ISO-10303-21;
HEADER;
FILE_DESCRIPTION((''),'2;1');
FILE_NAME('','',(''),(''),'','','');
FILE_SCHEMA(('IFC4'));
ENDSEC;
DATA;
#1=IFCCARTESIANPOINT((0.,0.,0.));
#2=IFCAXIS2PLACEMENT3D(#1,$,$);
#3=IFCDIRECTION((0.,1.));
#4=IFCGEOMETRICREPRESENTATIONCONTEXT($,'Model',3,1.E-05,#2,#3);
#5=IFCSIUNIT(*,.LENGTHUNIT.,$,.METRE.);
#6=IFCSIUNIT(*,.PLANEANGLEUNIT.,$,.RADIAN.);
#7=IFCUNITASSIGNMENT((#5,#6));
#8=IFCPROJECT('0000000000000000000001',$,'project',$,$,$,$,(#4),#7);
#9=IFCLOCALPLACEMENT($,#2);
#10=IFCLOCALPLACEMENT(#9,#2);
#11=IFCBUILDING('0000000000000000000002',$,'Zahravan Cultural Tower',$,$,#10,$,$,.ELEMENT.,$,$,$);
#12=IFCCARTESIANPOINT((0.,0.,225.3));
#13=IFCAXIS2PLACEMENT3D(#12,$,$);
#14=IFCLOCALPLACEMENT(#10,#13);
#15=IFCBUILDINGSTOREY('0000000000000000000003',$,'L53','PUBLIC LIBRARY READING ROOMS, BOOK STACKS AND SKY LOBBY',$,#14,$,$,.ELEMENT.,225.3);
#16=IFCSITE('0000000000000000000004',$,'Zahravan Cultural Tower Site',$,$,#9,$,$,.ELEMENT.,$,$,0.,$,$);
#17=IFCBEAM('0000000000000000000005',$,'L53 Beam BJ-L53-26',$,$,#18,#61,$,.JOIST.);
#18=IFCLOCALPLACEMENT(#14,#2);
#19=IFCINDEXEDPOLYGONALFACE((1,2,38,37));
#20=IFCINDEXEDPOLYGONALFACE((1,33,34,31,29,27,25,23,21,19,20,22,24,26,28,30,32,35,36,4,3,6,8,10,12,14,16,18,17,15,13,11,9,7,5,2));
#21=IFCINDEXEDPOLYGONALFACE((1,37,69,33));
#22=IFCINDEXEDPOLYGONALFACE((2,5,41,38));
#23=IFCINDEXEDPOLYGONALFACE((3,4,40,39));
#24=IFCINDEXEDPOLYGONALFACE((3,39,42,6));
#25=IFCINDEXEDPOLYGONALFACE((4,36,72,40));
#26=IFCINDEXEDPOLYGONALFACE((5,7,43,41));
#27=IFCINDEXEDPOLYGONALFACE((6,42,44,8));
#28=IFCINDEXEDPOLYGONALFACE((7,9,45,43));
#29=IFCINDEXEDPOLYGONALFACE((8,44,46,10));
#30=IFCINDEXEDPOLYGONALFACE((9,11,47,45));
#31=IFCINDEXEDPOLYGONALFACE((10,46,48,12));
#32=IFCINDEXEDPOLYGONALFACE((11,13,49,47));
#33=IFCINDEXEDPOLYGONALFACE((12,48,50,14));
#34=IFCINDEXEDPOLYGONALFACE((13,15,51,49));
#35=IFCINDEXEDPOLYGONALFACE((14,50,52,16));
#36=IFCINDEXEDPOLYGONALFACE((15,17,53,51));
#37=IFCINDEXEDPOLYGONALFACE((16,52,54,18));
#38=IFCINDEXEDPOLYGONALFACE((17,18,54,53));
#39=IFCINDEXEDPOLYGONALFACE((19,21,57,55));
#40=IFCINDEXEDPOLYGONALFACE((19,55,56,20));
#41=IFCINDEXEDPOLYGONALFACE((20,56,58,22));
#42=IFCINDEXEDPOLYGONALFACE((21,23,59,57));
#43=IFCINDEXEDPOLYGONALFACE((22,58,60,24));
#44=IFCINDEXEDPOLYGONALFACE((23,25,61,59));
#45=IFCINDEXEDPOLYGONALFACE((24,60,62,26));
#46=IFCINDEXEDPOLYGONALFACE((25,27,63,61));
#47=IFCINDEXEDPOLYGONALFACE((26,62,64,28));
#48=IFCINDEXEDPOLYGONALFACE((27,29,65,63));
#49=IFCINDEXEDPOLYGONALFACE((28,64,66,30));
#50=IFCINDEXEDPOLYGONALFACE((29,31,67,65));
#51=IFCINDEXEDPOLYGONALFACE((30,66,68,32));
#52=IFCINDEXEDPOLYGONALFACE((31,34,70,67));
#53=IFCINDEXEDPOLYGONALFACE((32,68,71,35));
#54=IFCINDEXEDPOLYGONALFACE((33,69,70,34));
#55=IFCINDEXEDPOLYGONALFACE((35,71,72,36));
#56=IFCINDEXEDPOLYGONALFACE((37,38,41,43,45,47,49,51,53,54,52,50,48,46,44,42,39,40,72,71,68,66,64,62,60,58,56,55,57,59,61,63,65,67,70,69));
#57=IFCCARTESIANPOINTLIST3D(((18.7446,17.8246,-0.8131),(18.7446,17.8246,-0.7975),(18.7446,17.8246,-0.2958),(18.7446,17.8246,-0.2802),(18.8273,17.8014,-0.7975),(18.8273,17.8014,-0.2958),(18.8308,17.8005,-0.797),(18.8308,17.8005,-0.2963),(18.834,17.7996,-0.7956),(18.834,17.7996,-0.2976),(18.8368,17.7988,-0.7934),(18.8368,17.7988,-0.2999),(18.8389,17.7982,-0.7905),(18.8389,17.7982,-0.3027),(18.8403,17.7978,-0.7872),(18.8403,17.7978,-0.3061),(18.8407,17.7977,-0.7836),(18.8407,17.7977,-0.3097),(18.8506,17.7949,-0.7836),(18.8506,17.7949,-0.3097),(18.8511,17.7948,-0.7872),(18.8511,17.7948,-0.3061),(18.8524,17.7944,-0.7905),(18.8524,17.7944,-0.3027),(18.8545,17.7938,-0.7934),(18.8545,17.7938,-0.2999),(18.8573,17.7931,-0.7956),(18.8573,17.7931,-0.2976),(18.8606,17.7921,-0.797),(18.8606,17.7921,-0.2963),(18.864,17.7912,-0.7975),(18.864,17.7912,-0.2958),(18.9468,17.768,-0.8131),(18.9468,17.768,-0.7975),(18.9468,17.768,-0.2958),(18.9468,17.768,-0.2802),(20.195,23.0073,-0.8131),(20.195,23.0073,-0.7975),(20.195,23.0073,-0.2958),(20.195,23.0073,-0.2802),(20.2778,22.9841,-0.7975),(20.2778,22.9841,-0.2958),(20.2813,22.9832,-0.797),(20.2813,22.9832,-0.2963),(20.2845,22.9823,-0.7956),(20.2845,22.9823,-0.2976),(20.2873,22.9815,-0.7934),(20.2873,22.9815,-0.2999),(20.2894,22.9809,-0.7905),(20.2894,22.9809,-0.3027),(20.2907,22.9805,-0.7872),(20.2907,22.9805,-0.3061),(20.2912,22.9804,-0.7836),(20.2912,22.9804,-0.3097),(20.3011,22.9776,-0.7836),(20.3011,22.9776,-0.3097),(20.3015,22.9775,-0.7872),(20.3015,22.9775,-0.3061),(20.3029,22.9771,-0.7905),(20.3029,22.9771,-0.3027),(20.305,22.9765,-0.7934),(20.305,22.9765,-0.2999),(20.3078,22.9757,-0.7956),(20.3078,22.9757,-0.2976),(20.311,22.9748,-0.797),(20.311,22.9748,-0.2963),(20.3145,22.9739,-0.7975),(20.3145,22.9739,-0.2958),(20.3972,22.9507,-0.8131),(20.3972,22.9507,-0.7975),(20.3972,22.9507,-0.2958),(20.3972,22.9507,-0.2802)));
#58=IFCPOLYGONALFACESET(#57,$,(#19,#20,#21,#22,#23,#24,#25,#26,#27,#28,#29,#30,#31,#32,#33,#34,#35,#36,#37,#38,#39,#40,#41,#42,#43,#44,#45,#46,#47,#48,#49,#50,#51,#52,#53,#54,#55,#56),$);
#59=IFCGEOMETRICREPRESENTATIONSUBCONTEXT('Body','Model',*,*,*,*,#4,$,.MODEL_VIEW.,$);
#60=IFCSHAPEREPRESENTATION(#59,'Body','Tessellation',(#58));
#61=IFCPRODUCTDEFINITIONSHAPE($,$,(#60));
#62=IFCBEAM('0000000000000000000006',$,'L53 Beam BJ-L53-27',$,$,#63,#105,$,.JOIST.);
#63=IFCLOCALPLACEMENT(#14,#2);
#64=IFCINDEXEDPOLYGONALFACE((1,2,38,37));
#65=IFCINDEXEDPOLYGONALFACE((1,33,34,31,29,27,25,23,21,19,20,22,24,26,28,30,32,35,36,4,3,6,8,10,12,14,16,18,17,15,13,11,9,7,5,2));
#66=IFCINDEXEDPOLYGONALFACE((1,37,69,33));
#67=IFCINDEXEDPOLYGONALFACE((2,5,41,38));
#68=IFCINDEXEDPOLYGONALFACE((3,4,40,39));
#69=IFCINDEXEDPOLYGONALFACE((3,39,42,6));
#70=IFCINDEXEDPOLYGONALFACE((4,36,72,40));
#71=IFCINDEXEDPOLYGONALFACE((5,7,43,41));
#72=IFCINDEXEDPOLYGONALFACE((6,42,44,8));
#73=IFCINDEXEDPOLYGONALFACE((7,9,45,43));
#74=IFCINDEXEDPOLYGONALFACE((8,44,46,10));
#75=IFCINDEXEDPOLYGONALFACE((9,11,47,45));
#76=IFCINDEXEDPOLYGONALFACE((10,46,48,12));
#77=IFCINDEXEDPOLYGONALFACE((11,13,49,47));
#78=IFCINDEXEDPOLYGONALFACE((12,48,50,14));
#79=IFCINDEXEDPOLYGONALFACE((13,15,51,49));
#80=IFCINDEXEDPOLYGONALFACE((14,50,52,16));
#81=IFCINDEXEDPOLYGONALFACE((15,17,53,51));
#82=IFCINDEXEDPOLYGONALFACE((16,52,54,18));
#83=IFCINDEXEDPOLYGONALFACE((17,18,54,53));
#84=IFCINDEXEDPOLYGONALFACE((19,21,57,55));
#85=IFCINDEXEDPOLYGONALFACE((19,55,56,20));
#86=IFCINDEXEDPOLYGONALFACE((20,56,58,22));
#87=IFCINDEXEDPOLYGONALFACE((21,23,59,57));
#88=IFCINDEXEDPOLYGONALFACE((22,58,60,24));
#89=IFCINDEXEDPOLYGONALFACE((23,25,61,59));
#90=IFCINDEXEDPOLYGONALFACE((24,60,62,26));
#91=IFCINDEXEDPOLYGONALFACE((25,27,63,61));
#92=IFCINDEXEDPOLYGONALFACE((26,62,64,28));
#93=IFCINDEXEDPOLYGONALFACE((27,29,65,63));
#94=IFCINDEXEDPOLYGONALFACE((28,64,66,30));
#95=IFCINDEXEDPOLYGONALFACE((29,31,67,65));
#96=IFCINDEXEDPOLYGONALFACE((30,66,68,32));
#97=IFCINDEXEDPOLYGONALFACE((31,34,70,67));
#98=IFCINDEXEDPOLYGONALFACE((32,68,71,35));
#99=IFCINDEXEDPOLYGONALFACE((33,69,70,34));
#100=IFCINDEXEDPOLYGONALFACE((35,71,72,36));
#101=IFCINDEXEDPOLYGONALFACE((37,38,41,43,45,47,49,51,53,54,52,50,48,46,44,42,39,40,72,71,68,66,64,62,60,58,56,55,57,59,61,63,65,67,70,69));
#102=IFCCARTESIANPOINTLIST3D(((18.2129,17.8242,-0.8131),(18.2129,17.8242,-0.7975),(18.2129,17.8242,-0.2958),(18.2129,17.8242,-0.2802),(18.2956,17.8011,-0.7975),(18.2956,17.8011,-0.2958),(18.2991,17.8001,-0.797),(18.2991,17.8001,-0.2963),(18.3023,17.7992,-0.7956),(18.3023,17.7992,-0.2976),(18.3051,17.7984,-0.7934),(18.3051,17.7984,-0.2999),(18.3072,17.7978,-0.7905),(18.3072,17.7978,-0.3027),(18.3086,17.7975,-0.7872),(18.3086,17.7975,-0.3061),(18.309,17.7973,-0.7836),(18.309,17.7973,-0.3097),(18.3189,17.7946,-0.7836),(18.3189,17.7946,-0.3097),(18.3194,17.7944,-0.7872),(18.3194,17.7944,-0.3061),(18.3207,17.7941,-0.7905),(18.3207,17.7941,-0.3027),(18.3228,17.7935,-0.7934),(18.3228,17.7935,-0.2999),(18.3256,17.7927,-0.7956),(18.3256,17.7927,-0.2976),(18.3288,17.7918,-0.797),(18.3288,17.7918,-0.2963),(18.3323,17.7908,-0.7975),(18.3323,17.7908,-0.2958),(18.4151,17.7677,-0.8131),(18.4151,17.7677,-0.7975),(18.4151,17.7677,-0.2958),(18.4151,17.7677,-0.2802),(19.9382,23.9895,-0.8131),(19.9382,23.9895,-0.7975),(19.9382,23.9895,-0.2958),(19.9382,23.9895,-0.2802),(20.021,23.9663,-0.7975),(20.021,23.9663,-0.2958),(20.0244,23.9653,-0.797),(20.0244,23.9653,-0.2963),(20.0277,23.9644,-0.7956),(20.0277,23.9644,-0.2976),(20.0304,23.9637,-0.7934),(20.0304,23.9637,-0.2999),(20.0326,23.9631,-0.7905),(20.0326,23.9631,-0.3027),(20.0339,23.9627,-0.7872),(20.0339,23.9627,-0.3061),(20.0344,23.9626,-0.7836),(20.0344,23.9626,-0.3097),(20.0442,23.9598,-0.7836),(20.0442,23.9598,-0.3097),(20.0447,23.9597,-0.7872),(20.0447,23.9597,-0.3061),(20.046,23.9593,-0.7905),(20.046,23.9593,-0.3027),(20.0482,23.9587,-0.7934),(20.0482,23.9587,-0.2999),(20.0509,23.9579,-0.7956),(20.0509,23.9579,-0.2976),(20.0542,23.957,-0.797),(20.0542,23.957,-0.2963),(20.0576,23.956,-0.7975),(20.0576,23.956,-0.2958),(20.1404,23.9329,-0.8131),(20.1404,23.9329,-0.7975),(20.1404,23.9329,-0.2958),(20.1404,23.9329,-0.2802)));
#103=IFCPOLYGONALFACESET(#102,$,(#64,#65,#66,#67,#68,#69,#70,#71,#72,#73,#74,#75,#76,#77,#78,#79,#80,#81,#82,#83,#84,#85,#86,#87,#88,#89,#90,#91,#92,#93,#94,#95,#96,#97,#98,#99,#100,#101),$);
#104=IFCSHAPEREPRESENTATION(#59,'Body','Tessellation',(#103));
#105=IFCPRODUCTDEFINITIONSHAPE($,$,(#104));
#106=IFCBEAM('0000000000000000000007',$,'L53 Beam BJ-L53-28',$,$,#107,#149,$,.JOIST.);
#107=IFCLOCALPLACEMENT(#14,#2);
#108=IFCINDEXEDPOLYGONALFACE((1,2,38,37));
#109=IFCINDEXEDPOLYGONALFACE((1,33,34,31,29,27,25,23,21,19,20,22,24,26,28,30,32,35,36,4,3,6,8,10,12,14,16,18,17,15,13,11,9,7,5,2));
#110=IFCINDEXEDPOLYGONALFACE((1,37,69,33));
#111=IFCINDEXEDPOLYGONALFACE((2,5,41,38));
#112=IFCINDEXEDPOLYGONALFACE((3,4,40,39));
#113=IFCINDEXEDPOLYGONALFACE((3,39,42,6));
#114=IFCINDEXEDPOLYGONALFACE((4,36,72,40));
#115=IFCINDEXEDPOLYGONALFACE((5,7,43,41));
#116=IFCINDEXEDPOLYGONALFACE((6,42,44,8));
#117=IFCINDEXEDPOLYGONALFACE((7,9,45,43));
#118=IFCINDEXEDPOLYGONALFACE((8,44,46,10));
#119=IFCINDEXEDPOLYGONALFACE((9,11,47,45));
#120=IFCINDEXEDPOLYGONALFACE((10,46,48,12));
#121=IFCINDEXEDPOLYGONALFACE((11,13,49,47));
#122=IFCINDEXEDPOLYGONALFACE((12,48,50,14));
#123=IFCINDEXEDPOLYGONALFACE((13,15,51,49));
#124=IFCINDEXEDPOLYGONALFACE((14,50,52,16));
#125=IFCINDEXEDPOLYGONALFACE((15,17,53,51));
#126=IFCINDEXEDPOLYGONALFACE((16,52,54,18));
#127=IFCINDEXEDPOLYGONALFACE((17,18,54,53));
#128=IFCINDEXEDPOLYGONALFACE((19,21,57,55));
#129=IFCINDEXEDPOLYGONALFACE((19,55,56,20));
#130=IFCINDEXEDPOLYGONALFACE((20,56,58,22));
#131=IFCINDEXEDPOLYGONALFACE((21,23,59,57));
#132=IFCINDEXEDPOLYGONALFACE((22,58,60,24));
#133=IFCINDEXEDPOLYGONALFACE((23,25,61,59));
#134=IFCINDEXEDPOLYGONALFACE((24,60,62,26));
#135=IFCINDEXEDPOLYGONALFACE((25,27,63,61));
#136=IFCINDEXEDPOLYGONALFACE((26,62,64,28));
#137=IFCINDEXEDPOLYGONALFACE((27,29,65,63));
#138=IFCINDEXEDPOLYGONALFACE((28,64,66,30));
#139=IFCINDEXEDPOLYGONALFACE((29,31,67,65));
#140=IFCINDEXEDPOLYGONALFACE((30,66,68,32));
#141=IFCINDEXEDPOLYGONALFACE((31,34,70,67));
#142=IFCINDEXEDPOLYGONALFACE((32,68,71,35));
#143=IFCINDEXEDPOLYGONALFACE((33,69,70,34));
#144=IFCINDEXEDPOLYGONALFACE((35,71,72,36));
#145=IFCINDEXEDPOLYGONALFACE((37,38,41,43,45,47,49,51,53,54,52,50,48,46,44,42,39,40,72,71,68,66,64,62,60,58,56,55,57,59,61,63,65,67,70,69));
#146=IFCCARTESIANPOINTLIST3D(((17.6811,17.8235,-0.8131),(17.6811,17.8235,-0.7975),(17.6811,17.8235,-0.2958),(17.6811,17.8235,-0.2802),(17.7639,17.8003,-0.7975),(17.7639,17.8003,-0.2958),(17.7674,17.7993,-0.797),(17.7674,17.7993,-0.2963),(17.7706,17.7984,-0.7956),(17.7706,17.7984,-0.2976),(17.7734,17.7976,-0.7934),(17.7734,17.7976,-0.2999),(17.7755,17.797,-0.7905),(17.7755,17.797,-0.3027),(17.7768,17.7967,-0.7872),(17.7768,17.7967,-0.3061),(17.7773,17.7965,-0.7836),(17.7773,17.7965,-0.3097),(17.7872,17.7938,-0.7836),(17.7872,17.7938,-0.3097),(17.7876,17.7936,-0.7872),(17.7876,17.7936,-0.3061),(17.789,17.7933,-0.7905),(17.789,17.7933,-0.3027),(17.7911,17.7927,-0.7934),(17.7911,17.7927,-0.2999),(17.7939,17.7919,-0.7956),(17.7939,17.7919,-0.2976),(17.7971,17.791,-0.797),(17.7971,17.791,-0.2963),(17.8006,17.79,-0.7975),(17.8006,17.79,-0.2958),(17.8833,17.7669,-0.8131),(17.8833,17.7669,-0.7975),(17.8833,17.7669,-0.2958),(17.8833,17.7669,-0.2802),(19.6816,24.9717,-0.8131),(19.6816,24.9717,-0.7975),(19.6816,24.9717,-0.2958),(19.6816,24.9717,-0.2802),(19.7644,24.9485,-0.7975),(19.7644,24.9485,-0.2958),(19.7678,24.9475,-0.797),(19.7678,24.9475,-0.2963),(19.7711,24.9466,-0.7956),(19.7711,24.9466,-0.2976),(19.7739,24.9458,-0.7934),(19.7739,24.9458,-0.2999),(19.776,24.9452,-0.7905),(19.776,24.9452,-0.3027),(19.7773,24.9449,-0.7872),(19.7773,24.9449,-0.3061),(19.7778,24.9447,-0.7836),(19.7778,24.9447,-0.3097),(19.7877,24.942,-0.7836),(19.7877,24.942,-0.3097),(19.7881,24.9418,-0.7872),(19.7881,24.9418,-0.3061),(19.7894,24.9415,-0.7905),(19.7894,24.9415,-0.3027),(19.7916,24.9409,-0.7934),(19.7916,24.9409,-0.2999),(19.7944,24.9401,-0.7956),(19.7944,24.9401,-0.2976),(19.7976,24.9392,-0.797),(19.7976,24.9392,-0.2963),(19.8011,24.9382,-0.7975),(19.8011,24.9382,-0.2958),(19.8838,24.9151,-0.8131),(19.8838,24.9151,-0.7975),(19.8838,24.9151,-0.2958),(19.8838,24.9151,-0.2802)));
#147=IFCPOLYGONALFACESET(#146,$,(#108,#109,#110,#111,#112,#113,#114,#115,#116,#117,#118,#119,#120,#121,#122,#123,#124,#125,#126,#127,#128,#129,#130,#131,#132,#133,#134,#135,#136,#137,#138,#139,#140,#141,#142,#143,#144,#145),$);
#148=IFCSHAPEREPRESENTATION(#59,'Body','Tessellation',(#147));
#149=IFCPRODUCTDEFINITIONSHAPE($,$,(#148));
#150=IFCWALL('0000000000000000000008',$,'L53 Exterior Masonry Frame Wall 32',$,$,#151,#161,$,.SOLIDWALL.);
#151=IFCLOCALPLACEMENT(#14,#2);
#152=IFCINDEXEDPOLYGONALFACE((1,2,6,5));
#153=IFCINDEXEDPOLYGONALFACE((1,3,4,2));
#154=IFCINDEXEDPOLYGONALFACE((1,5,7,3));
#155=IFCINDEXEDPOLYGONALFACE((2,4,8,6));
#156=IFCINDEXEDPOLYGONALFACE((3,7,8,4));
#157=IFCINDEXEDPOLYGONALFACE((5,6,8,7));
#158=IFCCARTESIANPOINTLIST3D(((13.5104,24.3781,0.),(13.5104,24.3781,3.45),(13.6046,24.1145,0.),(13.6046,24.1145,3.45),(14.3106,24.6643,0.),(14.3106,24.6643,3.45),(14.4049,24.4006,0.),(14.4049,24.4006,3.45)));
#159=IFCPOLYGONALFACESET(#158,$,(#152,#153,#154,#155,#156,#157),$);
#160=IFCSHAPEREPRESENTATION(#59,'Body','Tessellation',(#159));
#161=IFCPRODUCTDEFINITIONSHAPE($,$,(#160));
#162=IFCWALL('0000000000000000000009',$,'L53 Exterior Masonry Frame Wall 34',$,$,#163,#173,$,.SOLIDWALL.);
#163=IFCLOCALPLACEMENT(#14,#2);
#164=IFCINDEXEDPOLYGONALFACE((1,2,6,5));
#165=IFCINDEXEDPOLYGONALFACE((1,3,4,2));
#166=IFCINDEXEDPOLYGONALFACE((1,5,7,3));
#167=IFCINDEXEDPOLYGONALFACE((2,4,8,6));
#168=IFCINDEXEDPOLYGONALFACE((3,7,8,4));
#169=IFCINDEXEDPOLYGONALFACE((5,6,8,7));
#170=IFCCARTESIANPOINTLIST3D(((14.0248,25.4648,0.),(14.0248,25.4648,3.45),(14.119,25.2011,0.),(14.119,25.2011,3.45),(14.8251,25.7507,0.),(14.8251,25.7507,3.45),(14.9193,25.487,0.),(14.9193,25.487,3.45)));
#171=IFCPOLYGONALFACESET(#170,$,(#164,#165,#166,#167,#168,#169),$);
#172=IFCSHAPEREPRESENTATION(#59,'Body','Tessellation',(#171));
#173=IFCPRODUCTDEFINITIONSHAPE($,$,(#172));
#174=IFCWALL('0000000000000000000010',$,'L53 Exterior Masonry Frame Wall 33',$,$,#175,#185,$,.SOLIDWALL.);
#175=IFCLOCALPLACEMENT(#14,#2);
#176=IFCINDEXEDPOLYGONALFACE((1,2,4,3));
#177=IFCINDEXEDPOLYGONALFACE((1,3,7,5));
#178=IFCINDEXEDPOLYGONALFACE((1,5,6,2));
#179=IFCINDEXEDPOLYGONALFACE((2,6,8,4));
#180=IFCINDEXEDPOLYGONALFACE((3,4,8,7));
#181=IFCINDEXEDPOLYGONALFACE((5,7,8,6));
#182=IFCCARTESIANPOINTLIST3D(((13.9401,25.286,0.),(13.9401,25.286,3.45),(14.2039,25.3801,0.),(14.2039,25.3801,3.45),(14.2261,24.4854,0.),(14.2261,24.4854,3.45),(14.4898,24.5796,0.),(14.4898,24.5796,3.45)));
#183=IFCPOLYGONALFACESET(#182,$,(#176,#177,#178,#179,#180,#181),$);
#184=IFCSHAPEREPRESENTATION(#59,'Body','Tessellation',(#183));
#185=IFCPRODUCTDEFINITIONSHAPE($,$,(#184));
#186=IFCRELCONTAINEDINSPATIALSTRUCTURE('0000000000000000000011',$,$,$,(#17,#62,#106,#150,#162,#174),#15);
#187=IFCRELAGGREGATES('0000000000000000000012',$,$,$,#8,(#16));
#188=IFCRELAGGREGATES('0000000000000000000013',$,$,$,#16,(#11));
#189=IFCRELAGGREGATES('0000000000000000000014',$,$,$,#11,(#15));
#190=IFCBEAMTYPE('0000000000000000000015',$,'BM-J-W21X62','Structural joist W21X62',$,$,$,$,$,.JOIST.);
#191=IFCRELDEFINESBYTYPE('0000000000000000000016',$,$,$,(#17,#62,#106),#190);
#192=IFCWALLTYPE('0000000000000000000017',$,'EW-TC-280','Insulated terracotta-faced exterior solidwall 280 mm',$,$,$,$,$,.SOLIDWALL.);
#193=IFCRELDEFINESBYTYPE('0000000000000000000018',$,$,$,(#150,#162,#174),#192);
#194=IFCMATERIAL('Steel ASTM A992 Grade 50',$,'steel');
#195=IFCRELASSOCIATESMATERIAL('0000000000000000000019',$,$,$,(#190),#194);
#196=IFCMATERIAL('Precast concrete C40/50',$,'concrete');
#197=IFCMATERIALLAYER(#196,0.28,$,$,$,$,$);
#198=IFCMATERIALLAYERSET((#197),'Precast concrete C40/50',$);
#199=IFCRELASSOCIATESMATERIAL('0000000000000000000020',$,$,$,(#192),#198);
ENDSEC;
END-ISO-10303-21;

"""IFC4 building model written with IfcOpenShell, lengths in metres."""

from ifc_helpers import new_model, si_unit, direction, frame, frame_2d, origin, origin_2d, place, context, subcontext, project, spatial, rectangle, i_section, extrude, source, transform, mapped, material, layer, layer_set, material_profile, profile_set, type_object, element, save


model = new_model("IFC4")

# Units and contexts
model_context = context("Model", 3, precision=1e-05, world=origin(), true_north=direction((0.0, 1.0)))
body_context = subcontext(model_context, "Body", "Model", "MODEL_VIEW")
ifc_project = project(units=[si_unit("LENGTHUNIT", "METRE"), si_unit("PLANEANGLEUNIT", "RADIAN")], contexts=[model_context])

# Site, building, storey
site_placement = place(None, origin())
site = spatial("IfcSite", under=ifc_project, at=site_placement, Name="Zahravan Cultural Tower Site", CompositionType="ELEMENT", RefElevation=0.0)
building_placement = place(site_placement, origin())
building = spatial("IfcBuilding", under=site, at=building_placement, Name="Zahravan Cultural Tower", CompositionType="ELEMENT")
storey_placement = place(building_placement, frame((0.0, 0.0, 225.3)))
storey = spatial("IfcBuildingStorey", under=building, at=storey_placement, Name="L53", Description="PUBLIC LIBRARY READING ROOMS, BOOK STACKS AND SKY LOBBY", CompositionType="ELEMENT", Elevation=225.3)

# Beams
ifc_material_1 = material(Name="Steel ASTM A992 Grade 50", Category="steel")
ifc_material_profile_1 = material_profile(ifc_material_1, i_section(OverallWidth=0.21, OverallDepth=0.533, WebThickness=0.0103, FlangeThickness=0.0156, FilletRadius=0.0139, at=origin_2d()), Name="W21X62")
ifc_profile_set_1 = profile_set([ifc_material_profile_1], Name="Steel ASTM A992 Grade 50")
beam_type_1 = type_object("IfcBeamType", Name="BM-J-W21X62", Description="Structural joist W21X62", PredefinedType="JOIST", material=ifc_profile_set_1)
shared_shape_1 = source(origin(), body_context, "Body", "SweptSolid", [
    extrude(i_section(OverallWidth=0.21, OverallDepth=0.533, WebThickness=0.0103, FlangeThickness=0.0156, FilletRadius=0.0139, at=origin_2d()), origin(), (0.0, 0.0, 1.0), 5.3818),
])
beam_1_placement = place(storey_placement, frame((20.2961, 22.979, -0.5466), z_axis=(-0.26951, -0.962997, 0.0), x_axis=(0.962997, -0.26951, 0.0)))
element("IfcBeam", 1, at=beam_1_placement, inside=storey, type_object=beam_type_1, Name="L53 Beam BJ-L53-26", PredefinedType="JOIST", context=body_context, shape_type="MappedRepresentation", body=[
    mapped(shared_shape_1, transform((0.0, 0.0, 0.0), x_axis=(1.0, 0.0, 0.0), y_axis=(0.0, 1.0, 0.0), z_axis=(0.0, 0.0, 1.0), scale=1.0)),
])
shared_shape_2 = source(origin(), body_context, "Body", "SweptSolid", [
    extrude(i_section(OverallWidth=0.21, OverallDepth=0.533, WebThickness=0.0103, FlangeThickness=0.0156, FilletRadius=0.0139, at=origin_2d()), origin(), (0.0, 0.0, 1.0), 6.4021),
])
beam_2_placement = place(storey_placement, frame((20.0393, 23.9612, -0.5466), z_axis=(-0.269494, -0.963002, 0.0), x_axis=(0.963002, -0.269494, 0.0)))
element("IfcBeam", 2, at=beam_2_placement, inside=storey, type_object=beam_type_1, Name="L53 Beam BJ-L53-27", PredefinedType="JOIST", context=body_context, shape_type="MappedRepresentation", body=[
    mapped(shared_shape_2, transform((0.0, 0.0, 0.0), x_axis=(1.0, 0.0, 0.0), y_axis=(0.0, 1.0, 0.0), z_axis=(0.0, 0.0, 1.0), scale=1.0)),
])
shared_shape_3 = source(origin(), body_context, "Body", "SweptSolid", [
    extrude(i_section(OverallWidth=0.21, OverallDepth=0.533, WebThickness=0.0103, FlangeThickness=0.0156, FilletRadius=0.0139, at=origin_2d()), origin(), (0.0, 0.0, 1.0), 7.4229),
])
beam_3_placement = place(storey_placement, frame((19.7827, 24.9434, -0.5466), z_axis=(-0.269504, -0.962999, 0.0), x_axis=(0.962999, -0.269504, 0.0)))
element("IfcBeam", 3, at=beam_3_placement, inside=storey, type_object=beam_type_1, Name="L53 Beam BJ-L53-28", PredefinedType="JOIST", context=body_context, shape_type="MappedRepresentation", body=[
    mapped(shared_shape_3, transform((0.0, 0.0, 0.0), x_axis=(1.0, 0.0, 0.0), y_axis=(0.0, 1.0, 0.0), z_axis=(0.0, 0.0, 1.0), scale=1.0)),
])

# Walls
ifc_material_2 = material(Name="Precast concrete C40/50", Category="concrete")
ifc_layer_1 = layer(ifc_material_2, 0.28)
ifc_layer_set_1 = layer_set([ifc_layer_1], Name="Precast concrete C40/50")
wall_type_1 = type_object("IfcWallType", Name="EW-TC-280", Description="Insulated terracotta-faced exterior solidwall 280 mm", PredefinedType="SOLIDWALL", material=ifc_layer_set_1)
shared_shape_4 = source(origin(), body_context, "Body", "SweptSolid", [
    extrude(rectangle(XDim=0.8499, YDim=0.28, at=frame_2d((0.4248, 0.0))), origin(), (0.0, 0.0, 1.0), 3.45),
])
for number, where, z_axis, x_axis, name in (
    (4, (13.5576, 24.2463, 0.0), (0.0, 0.0, 1.0), (0.941625, 0.336664, 0.0), "L53 Exterior Masonry Frame Wall 32"),
    (5, (14.072, 25.333, 0.0), (0.0, 0.0, 1.0), (0.941716, 0.336409, 0.0), "L53 Exterior Masonry Frame Wall 34"),
):
    element("IfcWall", number, at=place(storey_placement, frame(where, z_axis=z_axis, x_axis=x_axis)), inside=storey, type_object=wall_type_1, Name=name, PredefinedType="SOLIDWALL", context=body_context, shape_type="MappedRepresentation", body=[
        mapped(shared_shape_4, transform((0.0, 0.0, 0.0), x_axis=(1.0, 0.0, 0.0), y_axis=(0.0, 1.0, 0.0), z_axis=(0.0, 0.0, 1.0), scale=1.0)),
    ])
shared_shape_5 = source(origin(), body_context, "Body", "SweptSolid", [
    extrude(rectangle(XDim=0.8501, YDim=0.28, at=frame_2d((0.425, 0.0))), origin(), (0.0, 0.0, 1.0), 3.45),
])
wall_1_placement = place(storey_placement, frame((14.3579, 24.5325, 0.0), z_axis=(0.0, 0.0, 1.0), x_axis=(-0.336318, 0.941748, 0.0)))
element("IfcWall", 6, at=wall_1_placement, inside=storey, type_object=wall_type_1, Name="L53 Exterior Masonry Frame Wall 33", PredefinedType="SOLIDWALL", context=body_context, shape_type="MappedRepresentation", body=[
    mapped(shared_shape_5, transform((0.0, 0.0, 0.0), x_axis=(1.0, 0.0, 0.0), y_axis=(0.0, 1.0, 0.0), z_axis=(0.0, 0.0, 1.0), scale=1.0)),
])

save(model, "model.ifc")
